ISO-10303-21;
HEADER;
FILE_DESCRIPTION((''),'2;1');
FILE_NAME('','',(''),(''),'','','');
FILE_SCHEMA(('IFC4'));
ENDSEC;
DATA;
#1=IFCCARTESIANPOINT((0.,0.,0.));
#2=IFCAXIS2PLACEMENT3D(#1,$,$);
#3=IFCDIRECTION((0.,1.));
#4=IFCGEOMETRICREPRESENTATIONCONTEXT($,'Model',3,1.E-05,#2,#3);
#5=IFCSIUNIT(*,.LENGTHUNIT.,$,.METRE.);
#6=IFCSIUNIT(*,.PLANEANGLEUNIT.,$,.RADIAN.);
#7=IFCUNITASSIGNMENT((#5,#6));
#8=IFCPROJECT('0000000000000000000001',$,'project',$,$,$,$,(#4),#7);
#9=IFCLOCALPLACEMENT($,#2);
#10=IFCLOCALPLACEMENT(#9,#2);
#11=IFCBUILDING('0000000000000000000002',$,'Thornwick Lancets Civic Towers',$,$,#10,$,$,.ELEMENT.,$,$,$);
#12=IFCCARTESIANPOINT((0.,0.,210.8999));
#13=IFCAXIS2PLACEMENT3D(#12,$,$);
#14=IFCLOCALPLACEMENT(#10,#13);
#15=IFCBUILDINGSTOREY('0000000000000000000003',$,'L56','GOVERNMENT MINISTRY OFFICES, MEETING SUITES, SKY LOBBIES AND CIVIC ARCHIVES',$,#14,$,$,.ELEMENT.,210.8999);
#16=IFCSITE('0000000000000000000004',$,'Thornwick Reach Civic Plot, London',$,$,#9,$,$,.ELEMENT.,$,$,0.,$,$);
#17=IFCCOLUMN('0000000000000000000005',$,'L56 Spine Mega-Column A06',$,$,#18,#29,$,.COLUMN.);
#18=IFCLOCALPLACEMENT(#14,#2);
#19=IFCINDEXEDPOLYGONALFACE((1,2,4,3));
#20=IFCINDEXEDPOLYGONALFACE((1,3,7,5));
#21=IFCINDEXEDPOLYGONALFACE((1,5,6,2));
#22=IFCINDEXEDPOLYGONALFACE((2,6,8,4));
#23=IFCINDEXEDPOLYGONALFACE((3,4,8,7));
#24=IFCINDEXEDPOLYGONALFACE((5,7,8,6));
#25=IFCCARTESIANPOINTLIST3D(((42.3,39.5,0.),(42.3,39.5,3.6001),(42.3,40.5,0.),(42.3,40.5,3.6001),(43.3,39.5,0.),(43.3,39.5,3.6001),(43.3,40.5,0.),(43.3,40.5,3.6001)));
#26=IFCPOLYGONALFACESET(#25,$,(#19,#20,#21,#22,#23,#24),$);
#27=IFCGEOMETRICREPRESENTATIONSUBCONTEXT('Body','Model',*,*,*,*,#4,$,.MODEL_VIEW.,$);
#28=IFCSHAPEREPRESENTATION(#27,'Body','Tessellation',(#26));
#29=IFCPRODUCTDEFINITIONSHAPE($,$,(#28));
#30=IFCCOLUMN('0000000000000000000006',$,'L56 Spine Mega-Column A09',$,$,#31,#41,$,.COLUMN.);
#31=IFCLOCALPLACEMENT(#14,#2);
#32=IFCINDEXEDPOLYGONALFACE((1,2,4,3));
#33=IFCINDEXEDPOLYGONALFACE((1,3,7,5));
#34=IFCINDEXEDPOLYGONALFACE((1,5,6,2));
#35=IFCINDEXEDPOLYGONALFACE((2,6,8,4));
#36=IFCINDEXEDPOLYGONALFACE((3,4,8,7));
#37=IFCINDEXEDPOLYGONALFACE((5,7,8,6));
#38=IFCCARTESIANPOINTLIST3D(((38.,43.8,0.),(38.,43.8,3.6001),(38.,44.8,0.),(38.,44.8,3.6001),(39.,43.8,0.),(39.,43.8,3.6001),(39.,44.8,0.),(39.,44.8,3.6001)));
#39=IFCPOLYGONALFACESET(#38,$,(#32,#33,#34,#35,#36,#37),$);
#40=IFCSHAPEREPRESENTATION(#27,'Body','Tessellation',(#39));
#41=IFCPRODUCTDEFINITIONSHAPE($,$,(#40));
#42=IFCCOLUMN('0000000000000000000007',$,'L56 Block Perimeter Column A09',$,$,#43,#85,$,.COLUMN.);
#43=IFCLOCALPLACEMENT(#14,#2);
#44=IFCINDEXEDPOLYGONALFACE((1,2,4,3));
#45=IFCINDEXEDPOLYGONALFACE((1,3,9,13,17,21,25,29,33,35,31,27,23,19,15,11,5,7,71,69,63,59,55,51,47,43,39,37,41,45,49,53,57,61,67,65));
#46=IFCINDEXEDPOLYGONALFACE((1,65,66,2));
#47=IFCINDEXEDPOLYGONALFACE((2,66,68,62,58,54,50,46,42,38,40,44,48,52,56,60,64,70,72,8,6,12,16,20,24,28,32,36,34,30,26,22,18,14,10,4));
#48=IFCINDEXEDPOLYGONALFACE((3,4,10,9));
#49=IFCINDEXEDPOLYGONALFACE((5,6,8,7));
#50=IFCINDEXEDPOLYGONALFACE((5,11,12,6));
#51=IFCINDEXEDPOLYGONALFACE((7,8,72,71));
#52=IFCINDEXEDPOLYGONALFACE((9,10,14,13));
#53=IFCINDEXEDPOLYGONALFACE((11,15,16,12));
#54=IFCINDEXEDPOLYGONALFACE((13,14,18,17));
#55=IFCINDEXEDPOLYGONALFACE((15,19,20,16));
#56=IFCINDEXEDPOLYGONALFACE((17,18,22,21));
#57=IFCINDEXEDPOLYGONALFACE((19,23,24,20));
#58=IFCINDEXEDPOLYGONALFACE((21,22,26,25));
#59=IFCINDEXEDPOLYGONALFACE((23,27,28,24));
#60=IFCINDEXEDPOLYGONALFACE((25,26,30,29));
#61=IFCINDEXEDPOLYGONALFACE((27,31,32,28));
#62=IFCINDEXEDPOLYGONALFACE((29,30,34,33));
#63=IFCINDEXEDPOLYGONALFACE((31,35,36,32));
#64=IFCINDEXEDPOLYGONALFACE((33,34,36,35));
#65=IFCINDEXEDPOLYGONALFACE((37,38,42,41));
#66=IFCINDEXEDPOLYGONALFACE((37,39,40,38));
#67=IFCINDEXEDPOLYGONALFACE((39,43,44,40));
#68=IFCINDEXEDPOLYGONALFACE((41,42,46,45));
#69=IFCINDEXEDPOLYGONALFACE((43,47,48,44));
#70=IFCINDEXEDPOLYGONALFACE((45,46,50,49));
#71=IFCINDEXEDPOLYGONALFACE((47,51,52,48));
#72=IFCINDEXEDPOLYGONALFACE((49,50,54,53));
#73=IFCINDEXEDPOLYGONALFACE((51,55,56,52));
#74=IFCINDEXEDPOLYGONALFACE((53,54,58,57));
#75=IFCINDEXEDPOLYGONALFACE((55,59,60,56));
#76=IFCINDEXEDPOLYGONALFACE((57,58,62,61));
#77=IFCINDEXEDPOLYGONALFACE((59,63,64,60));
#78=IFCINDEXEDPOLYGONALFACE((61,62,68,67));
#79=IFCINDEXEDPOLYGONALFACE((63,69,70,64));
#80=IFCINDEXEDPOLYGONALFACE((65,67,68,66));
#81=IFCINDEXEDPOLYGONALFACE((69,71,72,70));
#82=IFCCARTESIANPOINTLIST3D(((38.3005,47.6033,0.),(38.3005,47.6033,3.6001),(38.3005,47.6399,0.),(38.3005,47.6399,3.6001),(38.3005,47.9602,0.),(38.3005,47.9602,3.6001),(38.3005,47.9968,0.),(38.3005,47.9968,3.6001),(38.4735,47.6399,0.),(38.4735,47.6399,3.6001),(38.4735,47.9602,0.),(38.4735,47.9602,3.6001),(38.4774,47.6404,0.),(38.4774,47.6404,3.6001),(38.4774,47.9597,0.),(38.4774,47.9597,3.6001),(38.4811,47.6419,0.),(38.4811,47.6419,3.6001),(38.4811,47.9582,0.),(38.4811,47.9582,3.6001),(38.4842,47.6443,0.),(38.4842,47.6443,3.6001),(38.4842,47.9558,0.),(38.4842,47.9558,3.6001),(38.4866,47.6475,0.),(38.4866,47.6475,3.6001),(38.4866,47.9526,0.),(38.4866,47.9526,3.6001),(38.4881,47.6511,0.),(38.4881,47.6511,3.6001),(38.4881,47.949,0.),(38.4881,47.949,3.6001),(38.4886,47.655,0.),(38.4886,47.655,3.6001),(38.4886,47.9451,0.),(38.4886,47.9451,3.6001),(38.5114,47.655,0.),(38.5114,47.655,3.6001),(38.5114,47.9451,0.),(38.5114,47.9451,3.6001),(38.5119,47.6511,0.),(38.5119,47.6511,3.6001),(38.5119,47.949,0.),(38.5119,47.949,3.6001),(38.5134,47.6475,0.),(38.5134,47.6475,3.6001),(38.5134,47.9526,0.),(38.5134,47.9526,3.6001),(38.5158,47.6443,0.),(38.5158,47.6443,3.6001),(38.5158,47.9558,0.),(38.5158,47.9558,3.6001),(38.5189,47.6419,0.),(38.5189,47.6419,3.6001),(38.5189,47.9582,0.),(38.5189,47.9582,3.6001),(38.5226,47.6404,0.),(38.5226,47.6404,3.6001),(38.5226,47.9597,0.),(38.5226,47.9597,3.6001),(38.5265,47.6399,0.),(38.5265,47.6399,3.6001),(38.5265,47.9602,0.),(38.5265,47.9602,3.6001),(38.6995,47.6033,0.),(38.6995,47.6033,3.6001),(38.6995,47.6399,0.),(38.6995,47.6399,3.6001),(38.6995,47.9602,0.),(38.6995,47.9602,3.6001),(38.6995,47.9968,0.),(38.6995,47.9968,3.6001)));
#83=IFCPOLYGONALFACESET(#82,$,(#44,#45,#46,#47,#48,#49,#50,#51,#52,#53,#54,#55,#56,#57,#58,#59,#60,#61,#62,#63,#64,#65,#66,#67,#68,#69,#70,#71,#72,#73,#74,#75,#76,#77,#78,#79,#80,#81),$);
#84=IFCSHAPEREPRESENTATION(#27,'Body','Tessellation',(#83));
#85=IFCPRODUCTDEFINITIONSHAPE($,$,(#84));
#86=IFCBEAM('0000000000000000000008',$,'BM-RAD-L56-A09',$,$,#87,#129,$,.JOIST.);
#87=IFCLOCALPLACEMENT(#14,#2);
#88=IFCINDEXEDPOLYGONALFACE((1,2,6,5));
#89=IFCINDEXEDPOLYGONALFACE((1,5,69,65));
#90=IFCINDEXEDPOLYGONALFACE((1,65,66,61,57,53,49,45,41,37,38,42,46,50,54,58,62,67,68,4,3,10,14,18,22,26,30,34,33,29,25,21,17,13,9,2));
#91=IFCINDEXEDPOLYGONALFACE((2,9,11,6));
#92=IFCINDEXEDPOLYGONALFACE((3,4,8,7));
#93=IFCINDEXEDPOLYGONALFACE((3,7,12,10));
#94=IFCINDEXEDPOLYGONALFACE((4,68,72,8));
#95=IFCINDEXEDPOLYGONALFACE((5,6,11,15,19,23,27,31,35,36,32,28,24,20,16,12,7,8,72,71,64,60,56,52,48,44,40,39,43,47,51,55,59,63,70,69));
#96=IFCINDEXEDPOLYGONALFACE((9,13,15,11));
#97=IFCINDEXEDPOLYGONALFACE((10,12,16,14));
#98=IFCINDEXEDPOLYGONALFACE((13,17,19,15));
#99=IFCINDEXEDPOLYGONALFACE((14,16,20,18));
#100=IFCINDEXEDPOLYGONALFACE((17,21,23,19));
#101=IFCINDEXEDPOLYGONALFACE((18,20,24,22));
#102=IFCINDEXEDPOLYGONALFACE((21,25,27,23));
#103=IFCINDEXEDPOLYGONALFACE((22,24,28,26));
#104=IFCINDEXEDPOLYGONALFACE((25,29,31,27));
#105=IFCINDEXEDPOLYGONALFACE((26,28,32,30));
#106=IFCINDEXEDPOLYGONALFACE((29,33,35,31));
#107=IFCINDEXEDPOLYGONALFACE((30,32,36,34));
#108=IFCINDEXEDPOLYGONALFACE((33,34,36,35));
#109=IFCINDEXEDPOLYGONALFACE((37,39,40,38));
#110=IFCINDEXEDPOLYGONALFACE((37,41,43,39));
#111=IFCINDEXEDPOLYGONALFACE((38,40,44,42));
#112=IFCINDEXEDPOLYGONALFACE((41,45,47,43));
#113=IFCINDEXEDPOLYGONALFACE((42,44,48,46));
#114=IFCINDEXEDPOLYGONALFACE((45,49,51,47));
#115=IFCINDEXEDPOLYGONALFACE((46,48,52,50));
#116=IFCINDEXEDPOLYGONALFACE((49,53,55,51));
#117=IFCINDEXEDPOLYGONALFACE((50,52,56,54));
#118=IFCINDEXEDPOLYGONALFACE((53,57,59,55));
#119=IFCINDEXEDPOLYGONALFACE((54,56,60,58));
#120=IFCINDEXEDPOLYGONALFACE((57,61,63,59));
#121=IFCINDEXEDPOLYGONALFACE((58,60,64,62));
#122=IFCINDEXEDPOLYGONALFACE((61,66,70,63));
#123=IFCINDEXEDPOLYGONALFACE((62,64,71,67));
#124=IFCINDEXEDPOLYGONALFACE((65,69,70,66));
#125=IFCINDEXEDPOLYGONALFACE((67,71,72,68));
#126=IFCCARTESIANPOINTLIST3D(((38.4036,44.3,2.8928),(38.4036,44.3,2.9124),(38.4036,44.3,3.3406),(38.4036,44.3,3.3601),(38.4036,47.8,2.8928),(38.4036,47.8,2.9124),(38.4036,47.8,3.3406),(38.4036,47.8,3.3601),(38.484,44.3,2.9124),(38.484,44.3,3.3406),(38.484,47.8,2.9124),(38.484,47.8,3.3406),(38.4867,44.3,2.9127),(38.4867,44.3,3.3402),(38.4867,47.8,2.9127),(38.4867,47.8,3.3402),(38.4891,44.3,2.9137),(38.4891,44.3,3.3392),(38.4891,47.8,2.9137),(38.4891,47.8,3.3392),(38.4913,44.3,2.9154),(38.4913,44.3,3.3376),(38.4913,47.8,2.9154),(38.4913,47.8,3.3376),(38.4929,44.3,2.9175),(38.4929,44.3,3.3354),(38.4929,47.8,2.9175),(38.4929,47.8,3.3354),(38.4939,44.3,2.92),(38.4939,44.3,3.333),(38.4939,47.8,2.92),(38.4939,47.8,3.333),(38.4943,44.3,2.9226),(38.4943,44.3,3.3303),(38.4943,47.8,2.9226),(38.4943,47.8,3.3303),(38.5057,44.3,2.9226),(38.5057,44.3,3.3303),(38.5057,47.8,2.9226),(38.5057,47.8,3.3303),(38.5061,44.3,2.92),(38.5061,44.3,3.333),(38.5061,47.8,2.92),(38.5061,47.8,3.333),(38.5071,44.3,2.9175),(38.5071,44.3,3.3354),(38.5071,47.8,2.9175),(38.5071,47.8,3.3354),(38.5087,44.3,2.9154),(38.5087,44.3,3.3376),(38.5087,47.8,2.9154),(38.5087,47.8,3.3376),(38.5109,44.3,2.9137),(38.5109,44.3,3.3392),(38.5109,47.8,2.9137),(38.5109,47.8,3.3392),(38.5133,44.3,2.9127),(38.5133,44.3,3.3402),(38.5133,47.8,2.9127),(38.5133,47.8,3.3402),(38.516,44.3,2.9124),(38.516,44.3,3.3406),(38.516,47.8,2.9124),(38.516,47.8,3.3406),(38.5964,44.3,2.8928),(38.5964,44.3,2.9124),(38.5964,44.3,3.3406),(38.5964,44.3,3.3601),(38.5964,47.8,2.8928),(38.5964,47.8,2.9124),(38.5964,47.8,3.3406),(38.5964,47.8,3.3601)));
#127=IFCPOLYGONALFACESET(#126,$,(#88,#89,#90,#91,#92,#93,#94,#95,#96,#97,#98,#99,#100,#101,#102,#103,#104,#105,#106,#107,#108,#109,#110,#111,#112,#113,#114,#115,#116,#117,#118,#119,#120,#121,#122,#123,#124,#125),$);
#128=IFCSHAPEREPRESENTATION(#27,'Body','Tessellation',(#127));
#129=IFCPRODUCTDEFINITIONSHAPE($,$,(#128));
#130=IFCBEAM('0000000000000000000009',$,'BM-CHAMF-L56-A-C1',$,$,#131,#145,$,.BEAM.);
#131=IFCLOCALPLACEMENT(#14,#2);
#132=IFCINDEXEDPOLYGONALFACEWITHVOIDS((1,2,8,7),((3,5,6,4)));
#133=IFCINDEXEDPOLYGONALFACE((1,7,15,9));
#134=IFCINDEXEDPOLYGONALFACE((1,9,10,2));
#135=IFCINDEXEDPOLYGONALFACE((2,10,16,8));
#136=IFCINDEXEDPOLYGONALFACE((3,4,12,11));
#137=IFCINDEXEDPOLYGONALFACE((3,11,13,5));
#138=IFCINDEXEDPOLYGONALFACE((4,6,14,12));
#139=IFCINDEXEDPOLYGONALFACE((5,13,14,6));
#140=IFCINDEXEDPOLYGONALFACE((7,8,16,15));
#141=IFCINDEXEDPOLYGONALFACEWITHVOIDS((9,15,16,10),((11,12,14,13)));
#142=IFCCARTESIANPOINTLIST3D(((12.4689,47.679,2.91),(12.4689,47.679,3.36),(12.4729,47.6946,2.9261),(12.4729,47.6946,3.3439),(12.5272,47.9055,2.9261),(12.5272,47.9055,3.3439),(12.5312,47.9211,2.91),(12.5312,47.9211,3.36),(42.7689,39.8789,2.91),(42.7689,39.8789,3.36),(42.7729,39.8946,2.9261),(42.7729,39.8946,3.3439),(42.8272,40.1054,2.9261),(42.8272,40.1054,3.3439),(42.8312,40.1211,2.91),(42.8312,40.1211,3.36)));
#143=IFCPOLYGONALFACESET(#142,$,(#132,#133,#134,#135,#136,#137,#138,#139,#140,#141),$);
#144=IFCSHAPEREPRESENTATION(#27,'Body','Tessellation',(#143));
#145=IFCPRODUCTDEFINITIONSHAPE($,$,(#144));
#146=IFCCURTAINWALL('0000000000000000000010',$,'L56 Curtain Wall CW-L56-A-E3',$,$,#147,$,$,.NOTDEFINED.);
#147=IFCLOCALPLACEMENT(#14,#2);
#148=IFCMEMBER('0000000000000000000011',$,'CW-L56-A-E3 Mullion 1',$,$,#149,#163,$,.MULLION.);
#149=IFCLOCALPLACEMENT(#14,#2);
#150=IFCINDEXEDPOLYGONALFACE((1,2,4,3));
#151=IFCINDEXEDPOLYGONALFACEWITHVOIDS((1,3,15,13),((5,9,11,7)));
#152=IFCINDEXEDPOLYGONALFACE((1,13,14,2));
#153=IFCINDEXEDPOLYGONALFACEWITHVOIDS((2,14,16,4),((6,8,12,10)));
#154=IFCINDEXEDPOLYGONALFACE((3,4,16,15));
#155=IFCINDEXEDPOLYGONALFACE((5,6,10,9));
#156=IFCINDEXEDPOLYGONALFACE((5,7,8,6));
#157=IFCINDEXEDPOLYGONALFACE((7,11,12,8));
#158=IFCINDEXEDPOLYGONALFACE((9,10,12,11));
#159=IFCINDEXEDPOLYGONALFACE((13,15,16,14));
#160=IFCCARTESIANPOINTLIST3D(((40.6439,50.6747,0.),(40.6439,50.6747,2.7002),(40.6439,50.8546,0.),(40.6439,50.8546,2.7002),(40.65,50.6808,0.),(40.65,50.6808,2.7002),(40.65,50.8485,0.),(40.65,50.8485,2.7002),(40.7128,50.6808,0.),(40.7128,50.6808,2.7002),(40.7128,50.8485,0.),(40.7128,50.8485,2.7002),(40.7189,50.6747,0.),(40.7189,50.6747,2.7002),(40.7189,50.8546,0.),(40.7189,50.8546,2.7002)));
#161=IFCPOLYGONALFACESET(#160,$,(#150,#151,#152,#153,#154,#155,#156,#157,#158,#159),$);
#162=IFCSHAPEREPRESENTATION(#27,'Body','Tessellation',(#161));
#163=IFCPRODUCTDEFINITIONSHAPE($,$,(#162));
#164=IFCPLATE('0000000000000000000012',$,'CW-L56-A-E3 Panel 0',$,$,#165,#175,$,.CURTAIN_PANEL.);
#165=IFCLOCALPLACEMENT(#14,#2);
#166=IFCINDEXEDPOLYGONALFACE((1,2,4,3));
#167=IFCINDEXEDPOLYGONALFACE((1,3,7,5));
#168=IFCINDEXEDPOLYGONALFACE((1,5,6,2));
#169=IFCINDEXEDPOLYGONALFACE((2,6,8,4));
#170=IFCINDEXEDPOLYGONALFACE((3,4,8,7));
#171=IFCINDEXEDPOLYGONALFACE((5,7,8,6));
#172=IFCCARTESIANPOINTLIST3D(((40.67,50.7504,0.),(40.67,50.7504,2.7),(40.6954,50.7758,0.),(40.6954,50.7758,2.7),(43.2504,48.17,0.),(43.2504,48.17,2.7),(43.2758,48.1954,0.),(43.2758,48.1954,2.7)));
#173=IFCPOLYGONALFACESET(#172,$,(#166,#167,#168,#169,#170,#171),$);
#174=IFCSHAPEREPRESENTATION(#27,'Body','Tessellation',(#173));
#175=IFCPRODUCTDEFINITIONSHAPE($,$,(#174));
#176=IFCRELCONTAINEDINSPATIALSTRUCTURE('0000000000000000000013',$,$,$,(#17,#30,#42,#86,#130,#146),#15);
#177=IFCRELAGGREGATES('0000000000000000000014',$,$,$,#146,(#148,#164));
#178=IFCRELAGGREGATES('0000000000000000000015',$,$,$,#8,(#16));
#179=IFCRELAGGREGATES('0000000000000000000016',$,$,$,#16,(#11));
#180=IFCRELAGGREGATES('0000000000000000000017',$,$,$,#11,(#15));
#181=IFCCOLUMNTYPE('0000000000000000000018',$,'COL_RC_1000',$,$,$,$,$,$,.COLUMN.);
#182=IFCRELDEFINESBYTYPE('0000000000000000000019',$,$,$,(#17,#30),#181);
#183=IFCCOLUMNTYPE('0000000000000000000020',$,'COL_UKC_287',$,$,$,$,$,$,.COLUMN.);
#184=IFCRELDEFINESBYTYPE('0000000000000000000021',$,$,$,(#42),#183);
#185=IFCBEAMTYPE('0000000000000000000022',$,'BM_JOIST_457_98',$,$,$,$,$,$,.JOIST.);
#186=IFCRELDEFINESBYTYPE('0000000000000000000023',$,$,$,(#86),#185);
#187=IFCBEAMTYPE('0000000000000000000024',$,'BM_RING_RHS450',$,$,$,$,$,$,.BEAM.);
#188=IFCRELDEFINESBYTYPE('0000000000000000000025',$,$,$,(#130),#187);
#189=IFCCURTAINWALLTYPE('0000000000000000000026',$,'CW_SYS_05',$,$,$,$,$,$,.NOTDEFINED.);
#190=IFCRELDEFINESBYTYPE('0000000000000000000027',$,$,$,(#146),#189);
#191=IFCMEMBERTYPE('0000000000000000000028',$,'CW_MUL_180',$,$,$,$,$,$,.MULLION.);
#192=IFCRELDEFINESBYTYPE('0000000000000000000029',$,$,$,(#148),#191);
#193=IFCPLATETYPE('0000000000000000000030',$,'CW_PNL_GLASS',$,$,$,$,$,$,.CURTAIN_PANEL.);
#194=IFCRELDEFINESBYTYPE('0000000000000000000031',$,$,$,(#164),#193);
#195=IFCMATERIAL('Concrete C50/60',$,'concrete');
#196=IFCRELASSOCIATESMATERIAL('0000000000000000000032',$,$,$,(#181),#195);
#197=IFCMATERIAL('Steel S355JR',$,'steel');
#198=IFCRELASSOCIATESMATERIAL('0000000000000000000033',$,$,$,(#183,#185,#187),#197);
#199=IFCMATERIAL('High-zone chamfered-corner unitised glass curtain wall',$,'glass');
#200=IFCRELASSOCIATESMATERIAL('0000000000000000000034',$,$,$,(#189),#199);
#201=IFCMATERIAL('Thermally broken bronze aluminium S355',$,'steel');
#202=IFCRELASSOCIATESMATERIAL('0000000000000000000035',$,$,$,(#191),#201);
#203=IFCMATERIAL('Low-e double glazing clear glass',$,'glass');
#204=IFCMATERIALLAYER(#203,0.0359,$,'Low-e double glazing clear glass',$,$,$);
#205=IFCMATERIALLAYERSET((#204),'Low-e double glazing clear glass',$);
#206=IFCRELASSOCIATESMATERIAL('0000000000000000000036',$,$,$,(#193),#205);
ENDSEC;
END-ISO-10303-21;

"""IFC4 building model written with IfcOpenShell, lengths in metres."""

from ifc_helpers import new_model, si_unit, direction, frame, origin, origin_2d, place, context, subcontext, project, spatial, rectangle, hollow_rectangle, i_section, extrude, material, layer, layer_set, material_profile, profile_set, type_object, element, aggregate, save


model = new_model("IFC4")

# Units and contexts
model_context = context("Model", 3, precision=1e-05, world=origin(), true_north=direction((0.0, 1.0)))
body_context = subcontext(model_context, "Body", "Model", "MODEL_VIEW")
ifc_project = project(units=[si_unit("LENGTHUNIT", "METRE"), si_unit("PLANEANGLEUNIT", "RADIAN")], contexts=[model_context])

# Site, building, storey
site_placement = place(None, origin())
site = spatial("IfcSite", under=ifc_project, at=site_placement, Name="Thornwick Reach Civic Plot, London", CompositionType="ELEMENT", RefElevation=0.0)
building_placement = place(site_placement, origin())
building = spatial("IfcBuilding", under=site, at=building_placement, Name="Thornwick Lancets Civic Towers", CompositionType="ELEMENT")
storey_placement = place(building_placement, frame((0.0, 0.0, 210.8999)))
storey = spatial("IfcBuildingStorey", under=building, at=storey_placement, Name="L56", Description="GOVERNMENT MINISTRY OFFICES, MEETING SUITES, SKY LOBBIES AND CIVIC ARCHIVES", CompositionType="ELEMENT", Elevation=210.8999)

# Columns
ifc_material_1 = material(Name="Concrete C50/60", Category="concrete")
ifc_material_profile_1 = material_profile(ifc_material_1, rectangle(XDim=1.0, YDim=1.0, at=origin_2d()), Name="RC 1000x1000")
ifc_profile_set_1 = profile_set([ifc_material_profile_1], Name="Concrete C50/60")
column_type_1 = type_object("IfcColumnType", Name="COL_RC_1000", PredefinedType="COLUMN", material=ifc_profile_set_1)
for number, where, z_axis, x_axis, name in (
    (1, (42.8, 40.0, 0.0), (0.0, 0.0, 1.0), (1.0, 0.0, 0.0), "L56 Spine Mega-Column A06"),
    (2, (38.5, 44.3, 0.0), (0.0, 0.0, 1.0), (1.0, 0.0, 0.0), "L56 Spine Mega-Column A09"),
):
    element("IfcColumn", number, at=place(storey_placement, frame(where, z_axis=z_axis, x_axis=x_axis)), inside=storey, type_object=column_type_1, Name=name, PredefinedType="COLUMN", context=body_context, shape_type="SweptSolid", body=[
        extrude(rectangle(XDim=1.0, YDim=1.0, at=origin_2d()), origin(), (0.0, 0.0, 1.0), 3.6001),
    ])
ifc_material_2 = material(Name="Steel S355JR", Category="steel")
ifc_material_profile_2 = material_profile(ifc_material_2, i_section(OverallWidth=0.3989, OverallDepth=0.3936, WebThickness=0.0227, FlangeThickness=0.0366, FilletRadius=0.0151, at=origin_2d()), Name="UKC 356x406x287")
ifc_profile_set_2 = profile_set([ifc_material_profile_2], Name="Steel S355JR")
column_type_2 = type_object("IfcColumnType", Name="COL_UKC_287", PredefinedType="COLUMN", material=ifc_profile_set_2)
column_placement = place(storey_placement, frame((38.5, 47.8, 0.0), z_axis=(0.0, 0.0, 1.0), x_axis=(1.0, 0.0, 0.0)))
element("IfcColumn", 3, at=column_placement, inside=storey, type_object=column_type_2, Name="L56 Block Perimeter Column A09", PredefinedType="COLUMN", context=body_context, shape_type="SweptSolid", body=[
    extrude(i_section(OverallWidth=0.3989, OverallDepth=0.3936, WebThickness=0.0227, FlangeThickness=0.0366, FilletRadius=0.0151, at=origin_2d()), origin(), (0.0, 0.0, 1.0), 3.6001),
])

# Beams
ifc_material_profile_3 = material_profile(ifc_material_2, i_section(OverallWidth=0.1929, OverallDepth=0.4673, WebThickness=0.0115, FlangeThickness=0.0195, FilletRadius=0.0103, at=origin_2d()), Name="UKB 457x191x98")
ifc_profile_set_3 = profile_set([ifc_material_profile_3], Name="Steel S355JR")
beam_type_1 = type_object("IfcBeamType", Name="BM_JOIST_457_98", PredefinedType="JOIST", material=ifc_profile_set_3)
beam_1_placement = place(storey_placement, frame((38.5, 44.3, 3.1265), z_axis=(0.0, 1.0, 0.0), x_axis=(-1.0, 0.0, 0.0)))
element("IfcBeam", 4, at=beam_1_placement, inside=storey, type_object=beam_type_1, Name="BM-RAD-L56-A09", PredefinedType="JOIST", context=body_context, shape_type="SweptSolid", body=[
    extrude(i_section(OverallWidth=0.1929, OverallDepth=0.4673, WebThickness=0.0115, FlangeThickness=0.0195, FilletRadius=0.0103, at=origin_2d()), origin(), (0.0, 0.0, 1.0), 3.5),
])
ifc_material_profile_4 = material_profile(ifc_material_2, hollow_rectangle(XDim=0.25, YDim=0.45, WallThickness=0.0161, at=origin_2d()), Name="RHS 450x250x16")
ifc_profile_set_4 = profile_set([ifc_material_profile_4], Name="Steel S355JR")
beam_type_2 = type_object("IfcBeamType", Name="BM_RING_RHS450", PredefinedType="BEAM", material=ifc_profile_set_4)
beam_2_placement = place(storey_placement, frame((42.8, 40.0, 3.135), z_axis=(-0.968427, 0.249299, 0.0), x_axis=(-0.249299, -0.968427, 0.0)))
element("IfcBeam", 5, at=beam_2_placement, inside=storey, type_object=beam_type_2, Name="BM-CHAMF-L56-A-C1", PredefinedType="BEAM", context=body_context, shape_type="SweptSolid", body=[
    extrude(hollow_rectangle(XDim=0.25, YDim=0.45, WallThickness=0.0161, at=origin_2d()), origin(), (0.0, 0.0, 1.0), 31.2878),
])

# Curtain wall, member, plate
ifc_material_3 = material(Name="High-zone chamfered-corner unitised glass curtain wall", Category="glass")
curtain_wall_type = type_object("IfcCurtainWallType", Name="CW_SYS_05", PredefinedType="NOTDEFINED", material=ifc_material_3)
curtain_wall_placement = place(storey_placement, origin())
curtain_wall = element("IfcCurtainWall", 6, at=curtain_wall_placement, inside=storey, type_object=curtain_wall_type, Name="L56 Curtain Wall CW-L56-A-E3", PredefinedType="NOTDEFINED")
ifc_material_4 = material(Name="Thermally broken bronze aluminium S355", Category="steel")
ifc_material_profile_5 = material_profile(ifc_material_4, hollow_rectangle(XDim=0.075, YDim=0.1799, WallThickness=0.0061, at=origin_2d()), Name="RHS 180x75x6")
ifc_profile_set_5 = profile_set([ifc_material_profile_5], Name="Thermally broken bronze aluminium S355")
member_type = type_object("IfcMemberType", Name="CW_MUL_180", PredefinedType="MULLION", material=ifc_profile_set_5)
member_placement = place(storey_placement, frame((40.6814, 50.7646, 0.0), z_axis=(0.0, 0.0, 1.0), x_axis=(1.0, 0.0, 0.0)))
member = element("IfcMember", 7, at=member_placement, type_object=member_type, Name="CW-L56-A-E3 Mullion 1", PredefinedType="MULLION", context=body_context, shape_type="SweptSolid", body=[
    extrude(hollow_rectangle(XDim=0.075, YDim=0.1799, WallThickness=0.0061, at=origin_2d()), origin(), (0.0, 0.0, 1.0), 2.7002),
])
ifc_material_5 = material(Name="Low-e double glazing clear glass", Category="glass")
ifc_layer_1 = layer(ifc_material_5, 0.0359, Name="Low-e double glazing clear glass")
ifc_layer_set_1 = layer_set([ifc_layer_1], Name="Low-e double glazing clear glass")
plate_type = type_object("IfcPlateType", Name="CW_PNL_GLASS", PredefinedType="CURTAIN_PANEL", material=ifc_layer_set_1)
plate_placement = place(storey_placement, frame((41.9729, 49.4729, 0.0), z_axis=(0.0, 0.0, 1.0), x_axis=(-0.707107, 0.707107, 0.0)))
plate = element("IfcPlate", 8, at=plate_placement, type_object=plate_type, Name="CW-L56-A-E3 Panel 0", PredefinedType="CURTAIN_PANEL", context=body_context, shape_type="SweptSolid", body=[
    extrude(rectangle(XDim=3.6492, YDim=0.0359, at=origin_2d()), origin(), (0.0, 0.0, 1.0), 2.7),
])
aggregate(curtain_wall, [member, plate])

save(model, "model.ifc")
